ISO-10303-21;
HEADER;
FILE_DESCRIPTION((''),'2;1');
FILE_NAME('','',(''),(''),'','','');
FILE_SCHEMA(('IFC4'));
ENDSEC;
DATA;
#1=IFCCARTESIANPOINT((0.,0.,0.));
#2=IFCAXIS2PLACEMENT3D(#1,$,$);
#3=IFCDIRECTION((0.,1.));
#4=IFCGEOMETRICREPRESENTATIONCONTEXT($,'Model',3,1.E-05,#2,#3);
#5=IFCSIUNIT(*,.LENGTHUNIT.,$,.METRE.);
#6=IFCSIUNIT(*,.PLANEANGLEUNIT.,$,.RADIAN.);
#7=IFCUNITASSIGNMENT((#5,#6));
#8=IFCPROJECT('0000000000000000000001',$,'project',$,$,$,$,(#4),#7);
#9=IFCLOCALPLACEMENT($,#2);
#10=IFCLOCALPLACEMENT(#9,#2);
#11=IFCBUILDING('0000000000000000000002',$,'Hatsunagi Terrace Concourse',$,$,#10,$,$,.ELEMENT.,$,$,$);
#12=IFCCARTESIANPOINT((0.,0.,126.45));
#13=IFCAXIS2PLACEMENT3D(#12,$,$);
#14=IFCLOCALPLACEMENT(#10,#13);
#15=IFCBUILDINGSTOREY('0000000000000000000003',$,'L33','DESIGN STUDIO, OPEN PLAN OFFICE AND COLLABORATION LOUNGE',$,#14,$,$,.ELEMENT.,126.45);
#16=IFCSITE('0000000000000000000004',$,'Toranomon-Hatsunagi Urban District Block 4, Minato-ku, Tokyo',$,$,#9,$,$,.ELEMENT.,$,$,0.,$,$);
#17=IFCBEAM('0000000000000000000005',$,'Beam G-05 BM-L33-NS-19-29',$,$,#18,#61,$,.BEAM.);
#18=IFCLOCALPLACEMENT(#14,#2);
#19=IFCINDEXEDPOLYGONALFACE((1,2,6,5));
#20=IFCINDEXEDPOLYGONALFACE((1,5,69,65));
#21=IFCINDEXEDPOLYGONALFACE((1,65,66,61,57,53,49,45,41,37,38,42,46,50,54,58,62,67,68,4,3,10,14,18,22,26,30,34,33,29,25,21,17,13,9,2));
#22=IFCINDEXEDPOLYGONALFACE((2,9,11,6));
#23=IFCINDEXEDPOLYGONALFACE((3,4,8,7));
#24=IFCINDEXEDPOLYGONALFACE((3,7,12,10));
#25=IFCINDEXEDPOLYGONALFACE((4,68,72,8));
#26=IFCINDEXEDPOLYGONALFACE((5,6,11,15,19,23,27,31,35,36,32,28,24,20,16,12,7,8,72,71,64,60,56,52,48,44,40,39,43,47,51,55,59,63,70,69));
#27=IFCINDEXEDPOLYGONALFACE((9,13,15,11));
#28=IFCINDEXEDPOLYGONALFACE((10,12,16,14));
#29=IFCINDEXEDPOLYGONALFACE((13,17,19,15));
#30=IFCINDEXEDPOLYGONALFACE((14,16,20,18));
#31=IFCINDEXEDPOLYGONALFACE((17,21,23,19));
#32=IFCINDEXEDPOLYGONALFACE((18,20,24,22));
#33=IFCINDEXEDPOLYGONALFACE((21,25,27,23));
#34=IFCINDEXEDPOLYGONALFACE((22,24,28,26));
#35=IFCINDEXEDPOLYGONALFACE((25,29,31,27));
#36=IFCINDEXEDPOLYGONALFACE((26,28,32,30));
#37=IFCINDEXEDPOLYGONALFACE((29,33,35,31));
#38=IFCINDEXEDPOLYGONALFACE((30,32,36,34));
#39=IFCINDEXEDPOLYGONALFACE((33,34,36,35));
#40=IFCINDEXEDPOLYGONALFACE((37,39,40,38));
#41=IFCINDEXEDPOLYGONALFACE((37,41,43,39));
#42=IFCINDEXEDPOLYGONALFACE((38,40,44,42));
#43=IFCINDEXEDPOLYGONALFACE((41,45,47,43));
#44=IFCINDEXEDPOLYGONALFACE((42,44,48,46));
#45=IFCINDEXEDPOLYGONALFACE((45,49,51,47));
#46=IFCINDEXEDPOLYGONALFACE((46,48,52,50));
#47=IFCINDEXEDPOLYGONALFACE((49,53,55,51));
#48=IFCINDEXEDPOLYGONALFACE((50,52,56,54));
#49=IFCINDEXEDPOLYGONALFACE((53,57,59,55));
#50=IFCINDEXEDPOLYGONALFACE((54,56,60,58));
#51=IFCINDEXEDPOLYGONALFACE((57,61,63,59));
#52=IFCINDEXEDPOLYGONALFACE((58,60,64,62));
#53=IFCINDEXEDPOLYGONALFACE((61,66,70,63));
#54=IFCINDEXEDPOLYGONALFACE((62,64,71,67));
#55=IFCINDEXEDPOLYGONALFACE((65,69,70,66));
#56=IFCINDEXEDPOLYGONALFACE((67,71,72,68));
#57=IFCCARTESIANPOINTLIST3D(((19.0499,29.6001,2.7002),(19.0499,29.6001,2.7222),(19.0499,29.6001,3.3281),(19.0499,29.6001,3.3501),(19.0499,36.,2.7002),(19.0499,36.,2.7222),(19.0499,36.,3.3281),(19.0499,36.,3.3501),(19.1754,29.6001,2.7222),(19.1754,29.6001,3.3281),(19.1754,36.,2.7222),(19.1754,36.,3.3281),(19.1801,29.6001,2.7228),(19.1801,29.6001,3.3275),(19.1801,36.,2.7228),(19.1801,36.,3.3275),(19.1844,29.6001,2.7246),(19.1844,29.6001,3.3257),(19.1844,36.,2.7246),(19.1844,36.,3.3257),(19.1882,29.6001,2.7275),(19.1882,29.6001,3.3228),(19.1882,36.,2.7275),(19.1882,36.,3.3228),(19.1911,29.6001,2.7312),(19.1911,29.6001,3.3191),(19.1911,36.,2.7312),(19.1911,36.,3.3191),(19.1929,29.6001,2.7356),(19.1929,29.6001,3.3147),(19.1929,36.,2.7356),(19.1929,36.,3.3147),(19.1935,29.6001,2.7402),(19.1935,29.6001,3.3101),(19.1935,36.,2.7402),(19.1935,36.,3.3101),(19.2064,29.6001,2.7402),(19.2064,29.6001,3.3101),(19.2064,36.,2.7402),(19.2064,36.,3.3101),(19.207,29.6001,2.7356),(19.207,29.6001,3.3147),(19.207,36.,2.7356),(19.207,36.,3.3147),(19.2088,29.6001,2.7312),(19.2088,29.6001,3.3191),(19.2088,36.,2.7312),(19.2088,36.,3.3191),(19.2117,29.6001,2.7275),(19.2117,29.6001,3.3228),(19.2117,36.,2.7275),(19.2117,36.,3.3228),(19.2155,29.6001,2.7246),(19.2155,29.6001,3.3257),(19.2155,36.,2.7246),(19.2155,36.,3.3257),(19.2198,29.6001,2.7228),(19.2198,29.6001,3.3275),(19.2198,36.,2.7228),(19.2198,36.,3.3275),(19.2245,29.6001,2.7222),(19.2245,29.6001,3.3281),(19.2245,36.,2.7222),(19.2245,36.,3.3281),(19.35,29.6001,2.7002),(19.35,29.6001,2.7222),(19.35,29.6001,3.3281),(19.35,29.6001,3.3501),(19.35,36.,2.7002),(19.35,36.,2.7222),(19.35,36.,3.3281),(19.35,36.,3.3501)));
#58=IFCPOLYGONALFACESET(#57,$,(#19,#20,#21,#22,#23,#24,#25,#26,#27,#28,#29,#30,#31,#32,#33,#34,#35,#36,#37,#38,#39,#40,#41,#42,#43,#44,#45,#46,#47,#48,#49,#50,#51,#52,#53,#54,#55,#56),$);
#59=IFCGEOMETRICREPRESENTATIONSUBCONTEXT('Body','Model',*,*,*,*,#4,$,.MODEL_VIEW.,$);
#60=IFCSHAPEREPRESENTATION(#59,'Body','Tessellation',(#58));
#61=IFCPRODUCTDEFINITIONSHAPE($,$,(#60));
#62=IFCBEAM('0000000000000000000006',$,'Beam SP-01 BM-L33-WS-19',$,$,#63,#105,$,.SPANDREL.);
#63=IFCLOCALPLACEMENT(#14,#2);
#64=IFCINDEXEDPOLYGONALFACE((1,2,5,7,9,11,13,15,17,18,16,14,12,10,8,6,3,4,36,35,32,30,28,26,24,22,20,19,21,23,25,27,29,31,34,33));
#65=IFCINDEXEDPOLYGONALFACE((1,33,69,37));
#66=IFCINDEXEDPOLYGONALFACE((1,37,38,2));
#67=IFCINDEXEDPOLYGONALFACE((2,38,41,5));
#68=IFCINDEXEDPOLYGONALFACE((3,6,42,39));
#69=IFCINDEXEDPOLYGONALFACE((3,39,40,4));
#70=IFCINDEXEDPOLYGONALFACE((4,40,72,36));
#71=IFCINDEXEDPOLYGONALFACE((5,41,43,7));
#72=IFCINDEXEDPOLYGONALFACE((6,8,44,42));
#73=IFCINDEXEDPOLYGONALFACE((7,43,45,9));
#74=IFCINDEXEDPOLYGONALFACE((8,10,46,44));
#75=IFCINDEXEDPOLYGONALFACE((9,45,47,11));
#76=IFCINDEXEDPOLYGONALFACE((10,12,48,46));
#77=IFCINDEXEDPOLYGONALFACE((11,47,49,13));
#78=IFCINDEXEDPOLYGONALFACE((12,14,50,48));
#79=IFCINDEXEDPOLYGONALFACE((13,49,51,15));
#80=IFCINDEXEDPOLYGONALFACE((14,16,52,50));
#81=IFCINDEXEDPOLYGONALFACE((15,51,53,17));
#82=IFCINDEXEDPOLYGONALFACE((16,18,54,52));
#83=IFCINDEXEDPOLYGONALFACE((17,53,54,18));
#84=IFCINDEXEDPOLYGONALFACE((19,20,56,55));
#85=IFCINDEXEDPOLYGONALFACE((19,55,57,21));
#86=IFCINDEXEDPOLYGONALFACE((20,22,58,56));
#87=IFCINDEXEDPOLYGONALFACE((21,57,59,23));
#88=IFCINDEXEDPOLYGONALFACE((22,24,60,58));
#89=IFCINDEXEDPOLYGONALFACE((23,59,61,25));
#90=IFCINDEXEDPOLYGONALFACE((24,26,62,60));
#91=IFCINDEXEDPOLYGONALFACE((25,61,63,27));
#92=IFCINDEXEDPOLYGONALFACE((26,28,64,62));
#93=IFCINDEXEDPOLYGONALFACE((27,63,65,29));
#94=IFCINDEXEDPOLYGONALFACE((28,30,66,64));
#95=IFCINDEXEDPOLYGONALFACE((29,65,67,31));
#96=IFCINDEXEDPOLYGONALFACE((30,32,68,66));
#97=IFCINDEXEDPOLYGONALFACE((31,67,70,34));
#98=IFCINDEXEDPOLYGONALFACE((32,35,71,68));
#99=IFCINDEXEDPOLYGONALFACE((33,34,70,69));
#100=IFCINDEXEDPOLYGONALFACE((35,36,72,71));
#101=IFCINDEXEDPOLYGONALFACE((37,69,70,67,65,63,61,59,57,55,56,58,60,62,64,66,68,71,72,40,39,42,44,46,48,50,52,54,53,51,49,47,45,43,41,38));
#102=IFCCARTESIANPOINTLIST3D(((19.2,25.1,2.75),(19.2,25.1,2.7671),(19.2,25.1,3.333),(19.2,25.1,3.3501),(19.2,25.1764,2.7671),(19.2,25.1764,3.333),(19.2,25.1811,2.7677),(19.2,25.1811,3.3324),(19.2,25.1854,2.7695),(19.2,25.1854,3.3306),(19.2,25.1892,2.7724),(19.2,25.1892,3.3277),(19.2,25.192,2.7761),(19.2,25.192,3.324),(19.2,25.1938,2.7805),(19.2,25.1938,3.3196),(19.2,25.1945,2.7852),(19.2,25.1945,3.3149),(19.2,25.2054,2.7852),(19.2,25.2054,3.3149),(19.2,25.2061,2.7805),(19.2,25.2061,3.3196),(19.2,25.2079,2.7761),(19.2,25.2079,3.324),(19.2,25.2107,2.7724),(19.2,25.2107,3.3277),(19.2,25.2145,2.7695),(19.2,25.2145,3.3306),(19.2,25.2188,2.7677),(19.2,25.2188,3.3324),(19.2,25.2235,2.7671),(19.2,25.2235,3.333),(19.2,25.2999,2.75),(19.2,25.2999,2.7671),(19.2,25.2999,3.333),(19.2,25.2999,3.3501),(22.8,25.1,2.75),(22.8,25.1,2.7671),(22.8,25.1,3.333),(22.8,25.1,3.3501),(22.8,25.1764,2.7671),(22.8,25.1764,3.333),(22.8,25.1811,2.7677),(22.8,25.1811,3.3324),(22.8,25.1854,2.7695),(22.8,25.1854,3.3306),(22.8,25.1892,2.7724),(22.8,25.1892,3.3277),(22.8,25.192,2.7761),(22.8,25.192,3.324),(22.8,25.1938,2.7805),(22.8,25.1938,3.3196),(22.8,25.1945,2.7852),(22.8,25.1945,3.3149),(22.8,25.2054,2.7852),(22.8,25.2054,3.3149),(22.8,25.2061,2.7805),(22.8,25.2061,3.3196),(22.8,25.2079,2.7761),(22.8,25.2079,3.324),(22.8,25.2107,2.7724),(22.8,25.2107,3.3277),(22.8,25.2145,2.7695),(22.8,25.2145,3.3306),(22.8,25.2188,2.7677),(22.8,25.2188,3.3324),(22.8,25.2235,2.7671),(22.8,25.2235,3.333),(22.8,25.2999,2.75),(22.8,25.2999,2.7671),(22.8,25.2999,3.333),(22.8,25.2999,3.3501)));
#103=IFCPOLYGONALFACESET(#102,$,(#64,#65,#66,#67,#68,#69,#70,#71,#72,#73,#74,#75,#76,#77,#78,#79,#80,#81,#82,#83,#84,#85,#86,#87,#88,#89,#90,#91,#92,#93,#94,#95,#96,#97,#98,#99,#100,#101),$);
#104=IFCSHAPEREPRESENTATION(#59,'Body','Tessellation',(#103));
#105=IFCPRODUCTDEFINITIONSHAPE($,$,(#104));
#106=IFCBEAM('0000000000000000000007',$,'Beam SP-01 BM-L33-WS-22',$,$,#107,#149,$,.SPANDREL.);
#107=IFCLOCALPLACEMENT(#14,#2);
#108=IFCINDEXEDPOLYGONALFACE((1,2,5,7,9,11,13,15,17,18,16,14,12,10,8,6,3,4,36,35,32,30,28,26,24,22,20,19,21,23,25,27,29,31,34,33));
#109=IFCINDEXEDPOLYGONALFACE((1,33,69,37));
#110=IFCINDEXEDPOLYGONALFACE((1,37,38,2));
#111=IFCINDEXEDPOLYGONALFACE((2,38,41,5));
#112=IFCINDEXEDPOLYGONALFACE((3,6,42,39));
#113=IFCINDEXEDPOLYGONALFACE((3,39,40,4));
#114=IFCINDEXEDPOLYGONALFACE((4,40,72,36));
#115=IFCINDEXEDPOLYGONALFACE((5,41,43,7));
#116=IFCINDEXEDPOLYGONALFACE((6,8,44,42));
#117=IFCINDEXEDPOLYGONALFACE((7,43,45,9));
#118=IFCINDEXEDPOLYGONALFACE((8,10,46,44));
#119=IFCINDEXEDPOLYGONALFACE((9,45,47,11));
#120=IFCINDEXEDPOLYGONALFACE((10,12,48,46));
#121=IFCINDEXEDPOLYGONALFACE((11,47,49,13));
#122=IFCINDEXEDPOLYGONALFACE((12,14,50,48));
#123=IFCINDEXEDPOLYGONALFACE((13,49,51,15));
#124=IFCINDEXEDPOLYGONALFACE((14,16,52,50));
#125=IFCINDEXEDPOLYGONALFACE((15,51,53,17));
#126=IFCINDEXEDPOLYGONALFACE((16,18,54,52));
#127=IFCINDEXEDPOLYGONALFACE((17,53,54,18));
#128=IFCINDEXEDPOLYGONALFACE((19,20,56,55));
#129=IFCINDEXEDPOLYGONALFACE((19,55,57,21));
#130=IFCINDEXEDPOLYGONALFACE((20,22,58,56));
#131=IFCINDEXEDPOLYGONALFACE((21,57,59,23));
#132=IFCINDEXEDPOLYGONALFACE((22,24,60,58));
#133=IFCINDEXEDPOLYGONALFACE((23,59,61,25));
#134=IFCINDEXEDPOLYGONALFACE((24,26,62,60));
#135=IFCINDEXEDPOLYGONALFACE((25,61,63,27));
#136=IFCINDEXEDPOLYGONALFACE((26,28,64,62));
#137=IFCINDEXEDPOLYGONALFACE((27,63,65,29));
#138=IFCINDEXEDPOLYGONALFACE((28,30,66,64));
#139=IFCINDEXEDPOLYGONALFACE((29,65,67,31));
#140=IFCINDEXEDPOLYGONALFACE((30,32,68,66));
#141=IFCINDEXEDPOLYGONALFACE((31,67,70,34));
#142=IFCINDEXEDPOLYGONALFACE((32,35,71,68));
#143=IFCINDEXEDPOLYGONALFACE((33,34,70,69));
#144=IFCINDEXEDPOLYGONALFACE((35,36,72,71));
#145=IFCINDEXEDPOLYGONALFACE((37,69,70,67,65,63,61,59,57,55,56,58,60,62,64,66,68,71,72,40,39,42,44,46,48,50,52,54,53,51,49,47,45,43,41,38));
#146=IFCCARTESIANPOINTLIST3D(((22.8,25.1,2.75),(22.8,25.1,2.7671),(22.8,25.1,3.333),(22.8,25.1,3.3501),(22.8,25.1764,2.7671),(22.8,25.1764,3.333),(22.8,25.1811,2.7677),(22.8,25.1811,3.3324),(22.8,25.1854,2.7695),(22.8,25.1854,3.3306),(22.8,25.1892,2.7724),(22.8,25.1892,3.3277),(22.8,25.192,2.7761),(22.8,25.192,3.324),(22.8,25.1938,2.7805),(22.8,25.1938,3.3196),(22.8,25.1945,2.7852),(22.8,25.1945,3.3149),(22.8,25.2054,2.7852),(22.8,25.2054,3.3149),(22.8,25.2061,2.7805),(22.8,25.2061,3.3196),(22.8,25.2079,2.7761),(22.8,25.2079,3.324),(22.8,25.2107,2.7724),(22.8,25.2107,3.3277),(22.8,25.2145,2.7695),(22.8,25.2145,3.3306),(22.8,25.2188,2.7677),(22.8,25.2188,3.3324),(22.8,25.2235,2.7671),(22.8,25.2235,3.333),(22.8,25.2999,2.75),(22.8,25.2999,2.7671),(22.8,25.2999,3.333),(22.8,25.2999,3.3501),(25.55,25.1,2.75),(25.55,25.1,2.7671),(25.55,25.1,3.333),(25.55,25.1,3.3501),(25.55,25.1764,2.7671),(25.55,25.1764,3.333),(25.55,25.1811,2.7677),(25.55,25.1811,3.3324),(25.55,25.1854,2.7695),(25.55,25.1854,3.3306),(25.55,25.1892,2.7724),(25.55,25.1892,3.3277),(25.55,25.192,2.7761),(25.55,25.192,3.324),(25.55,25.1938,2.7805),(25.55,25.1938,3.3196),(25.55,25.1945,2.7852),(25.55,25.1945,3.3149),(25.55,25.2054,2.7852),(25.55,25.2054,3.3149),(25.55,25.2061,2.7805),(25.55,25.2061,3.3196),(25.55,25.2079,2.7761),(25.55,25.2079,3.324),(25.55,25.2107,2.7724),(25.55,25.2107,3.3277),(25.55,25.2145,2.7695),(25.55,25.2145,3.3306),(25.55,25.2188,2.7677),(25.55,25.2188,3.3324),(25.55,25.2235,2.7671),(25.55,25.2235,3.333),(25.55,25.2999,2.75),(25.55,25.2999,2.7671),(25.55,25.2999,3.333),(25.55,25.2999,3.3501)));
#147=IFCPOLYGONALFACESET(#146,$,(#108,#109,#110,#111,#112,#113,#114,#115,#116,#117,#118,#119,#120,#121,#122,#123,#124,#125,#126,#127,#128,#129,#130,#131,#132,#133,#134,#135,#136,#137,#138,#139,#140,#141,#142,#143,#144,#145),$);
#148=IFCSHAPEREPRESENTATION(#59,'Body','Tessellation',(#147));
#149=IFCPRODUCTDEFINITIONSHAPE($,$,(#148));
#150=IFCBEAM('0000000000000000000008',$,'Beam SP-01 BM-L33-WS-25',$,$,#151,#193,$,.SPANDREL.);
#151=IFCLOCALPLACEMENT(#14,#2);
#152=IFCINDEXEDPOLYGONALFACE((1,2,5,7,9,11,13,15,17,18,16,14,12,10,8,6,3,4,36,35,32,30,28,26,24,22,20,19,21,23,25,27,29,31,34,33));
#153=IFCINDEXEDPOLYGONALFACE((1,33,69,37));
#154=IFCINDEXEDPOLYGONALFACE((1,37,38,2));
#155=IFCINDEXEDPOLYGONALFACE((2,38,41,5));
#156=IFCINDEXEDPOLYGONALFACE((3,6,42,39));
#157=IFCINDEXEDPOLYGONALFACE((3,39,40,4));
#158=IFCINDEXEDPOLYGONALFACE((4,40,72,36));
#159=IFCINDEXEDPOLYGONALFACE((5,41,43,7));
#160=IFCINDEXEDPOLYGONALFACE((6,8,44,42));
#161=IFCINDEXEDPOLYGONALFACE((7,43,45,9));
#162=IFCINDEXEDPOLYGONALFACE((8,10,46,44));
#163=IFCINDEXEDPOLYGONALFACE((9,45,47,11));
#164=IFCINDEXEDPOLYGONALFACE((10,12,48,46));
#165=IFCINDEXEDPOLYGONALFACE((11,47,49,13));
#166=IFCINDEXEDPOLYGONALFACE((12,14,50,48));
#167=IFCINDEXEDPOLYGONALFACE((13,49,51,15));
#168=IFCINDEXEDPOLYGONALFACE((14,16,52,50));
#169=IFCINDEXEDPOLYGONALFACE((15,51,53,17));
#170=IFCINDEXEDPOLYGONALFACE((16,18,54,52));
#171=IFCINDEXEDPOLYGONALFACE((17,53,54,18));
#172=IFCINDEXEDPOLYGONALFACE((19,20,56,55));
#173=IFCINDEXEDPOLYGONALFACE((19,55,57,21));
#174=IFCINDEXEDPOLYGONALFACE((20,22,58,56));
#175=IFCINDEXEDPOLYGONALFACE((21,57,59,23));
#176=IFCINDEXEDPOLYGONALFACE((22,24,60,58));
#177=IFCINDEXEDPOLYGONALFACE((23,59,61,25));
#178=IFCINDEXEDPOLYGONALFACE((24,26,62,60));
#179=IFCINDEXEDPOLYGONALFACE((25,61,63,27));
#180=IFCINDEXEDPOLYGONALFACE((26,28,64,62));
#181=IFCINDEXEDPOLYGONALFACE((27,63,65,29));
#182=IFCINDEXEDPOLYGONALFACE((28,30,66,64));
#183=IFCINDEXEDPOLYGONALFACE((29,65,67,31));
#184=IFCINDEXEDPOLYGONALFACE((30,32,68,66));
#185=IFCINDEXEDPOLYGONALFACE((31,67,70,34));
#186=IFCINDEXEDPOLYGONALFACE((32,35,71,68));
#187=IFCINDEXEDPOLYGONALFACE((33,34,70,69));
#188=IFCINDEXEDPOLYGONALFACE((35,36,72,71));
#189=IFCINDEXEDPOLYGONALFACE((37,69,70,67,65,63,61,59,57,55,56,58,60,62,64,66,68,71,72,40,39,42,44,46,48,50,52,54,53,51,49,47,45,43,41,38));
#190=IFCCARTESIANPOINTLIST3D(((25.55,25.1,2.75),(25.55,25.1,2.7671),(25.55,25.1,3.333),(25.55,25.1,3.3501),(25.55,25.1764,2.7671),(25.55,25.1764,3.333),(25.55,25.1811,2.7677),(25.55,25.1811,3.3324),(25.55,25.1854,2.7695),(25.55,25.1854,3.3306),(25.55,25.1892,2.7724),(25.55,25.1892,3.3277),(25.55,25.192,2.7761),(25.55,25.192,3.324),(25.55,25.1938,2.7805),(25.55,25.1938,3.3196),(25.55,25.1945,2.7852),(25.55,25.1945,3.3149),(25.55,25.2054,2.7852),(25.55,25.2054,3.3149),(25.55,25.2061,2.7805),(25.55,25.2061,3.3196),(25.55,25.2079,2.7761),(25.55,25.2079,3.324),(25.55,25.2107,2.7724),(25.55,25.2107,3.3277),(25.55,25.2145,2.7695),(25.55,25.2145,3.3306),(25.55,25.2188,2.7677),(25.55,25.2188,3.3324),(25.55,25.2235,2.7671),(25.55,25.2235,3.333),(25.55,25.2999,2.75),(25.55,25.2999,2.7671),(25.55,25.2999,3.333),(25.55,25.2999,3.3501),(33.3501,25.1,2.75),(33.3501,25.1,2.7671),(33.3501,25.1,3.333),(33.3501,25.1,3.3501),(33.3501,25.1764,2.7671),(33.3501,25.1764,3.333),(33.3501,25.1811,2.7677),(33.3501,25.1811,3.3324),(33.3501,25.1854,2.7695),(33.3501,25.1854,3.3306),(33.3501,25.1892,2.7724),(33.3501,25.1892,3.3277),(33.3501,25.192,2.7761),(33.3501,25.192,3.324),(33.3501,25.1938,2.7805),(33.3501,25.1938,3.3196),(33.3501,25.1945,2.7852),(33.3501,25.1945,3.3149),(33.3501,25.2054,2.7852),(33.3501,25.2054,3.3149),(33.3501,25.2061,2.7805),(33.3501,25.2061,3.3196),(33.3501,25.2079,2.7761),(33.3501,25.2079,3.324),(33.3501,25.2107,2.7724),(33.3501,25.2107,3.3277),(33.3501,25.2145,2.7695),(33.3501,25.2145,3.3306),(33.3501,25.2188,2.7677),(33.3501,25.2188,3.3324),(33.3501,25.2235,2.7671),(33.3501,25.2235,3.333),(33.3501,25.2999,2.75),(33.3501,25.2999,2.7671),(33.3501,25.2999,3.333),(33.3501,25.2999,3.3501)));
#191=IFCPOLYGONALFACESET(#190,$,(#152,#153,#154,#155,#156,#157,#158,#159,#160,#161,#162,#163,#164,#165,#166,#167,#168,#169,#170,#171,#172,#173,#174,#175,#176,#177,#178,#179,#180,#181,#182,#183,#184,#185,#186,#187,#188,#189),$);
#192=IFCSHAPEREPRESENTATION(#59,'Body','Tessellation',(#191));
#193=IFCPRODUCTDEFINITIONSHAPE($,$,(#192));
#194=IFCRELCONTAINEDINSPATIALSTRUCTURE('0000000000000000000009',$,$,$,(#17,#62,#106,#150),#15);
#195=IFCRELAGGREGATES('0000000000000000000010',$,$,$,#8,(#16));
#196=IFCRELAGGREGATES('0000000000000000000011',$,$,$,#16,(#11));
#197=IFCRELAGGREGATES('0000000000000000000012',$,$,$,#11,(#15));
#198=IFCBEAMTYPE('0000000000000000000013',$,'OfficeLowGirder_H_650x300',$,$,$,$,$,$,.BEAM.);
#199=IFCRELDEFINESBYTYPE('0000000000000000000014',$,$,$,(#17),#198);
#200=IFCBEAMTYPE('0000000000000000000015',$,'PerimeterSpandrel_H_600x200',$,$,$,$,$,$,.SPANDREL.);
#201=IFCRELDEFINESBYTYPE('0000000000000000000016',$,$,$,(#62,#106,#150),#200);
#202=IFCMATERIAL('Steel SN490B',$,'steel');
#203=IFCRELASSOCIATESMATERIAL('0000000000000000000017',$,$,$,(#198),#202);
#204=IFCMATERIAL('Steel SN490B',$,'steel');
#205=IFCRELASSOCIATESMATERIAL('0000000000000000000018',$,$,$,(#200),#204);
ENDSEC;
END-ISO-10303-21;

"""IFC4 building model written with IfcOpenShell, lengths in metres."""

from ifc_helpers import new_model, si_unit, direction, frame, origin, origin_2d, place, context, subcontext, project, spatial, i_section, extrude, material, material_profile, profile_set, type_object, element, save


model = new_model("IFC4")

# Units and contexts
model_context = context("Model", 3, precision=1e-05, world=origin(), true_north=direction((0.0, 1.0)))
body_context = subcontext(model_context, "Body", "Model", "MODEL_VIEW")
ifc_project = project(units=[si_unit("LENGTHUNIT", "METRE"), si_unit("PLANEANGLEUNIT", "RADIAN")], contexts=[model_context])

# Site, building, storey
site_placement = place(None, origin())
site = spatial("IfcSite", under=ifc_project, at=site_placement, Name="Toranomon-Hatsunagi Urban District Block 4, Minato-ku, Tokyo", CompositionType="ELEMENT", RefElevation=0.0)
building_placement = place(site_placement, origin())
building = spatial("IfcBuilding", under=site, at=building_placement, Name="Hatsunagi Terrace Concourse", CompositionType="ELEMENT")
storey_placement = place(building_placement, frame((0.0, 0.0, 126.45)))
storey = spatial("IfcBuildingStorey", under=building, at=storey_placement, Name="L33", Description="DESIGN STUDIO, OPEN PLAN OFFICE AND COLLABORATION LOUNGE", CompositionType="ELEMENT", Elevation=126.45)

# Beams
ifc_material_1 = material(Name="Steel SN490B", Category="steel")
ifc_material_profile_1 = material_profile(ifc_material_1, i_section(OverallWidth=0.3, OverallDepth=0.6499, WebThickness=0.0129, FlangeThickness=0.022, FilletRadius=0.0181, at=origin_2d()), Name="H-650x300x13x22")
ifc_profile_set_1 = profile_set([ifc_material_profile_1], Name="Steel SN490B")
beam_type_1 = type_object("IfcBeamType", Name="OfficeLowGirder_H_650x300", PredefinedType="BEAM", material=ifc_profile_set_1)
beam_1_placement = place(storey_placement, frame((19.2, 29.6001, 3.0251), z_axis=(0.0, 1.0, 0.0), x_axis=(-1.0, 0.0, 0.0)))
element("IfcBeam", 1, at=beam_1_placement, inside=storey, type_object=beam_type_1, Name="Beam G-05 BM-L33-NS-19-29", PredefinedType="BEAM", context=body_context, shape_type="SweptSolid", body=[
    extrude(i_section(OverallWidth=0.3, OverallDepth=0.6499, WebThickness=0.0129, FlangeThickness=0.022, FilletRadius=0.0181, at=origin_2d()), origin(), (0.0, 0.0, 1.0), 6.3999),
])
ifc_material_2 = material(Name="Steel SN490B", Category="steel")
ifc_material_profile_2 = material_profile(ifc_material_2, i_section(OverallWidth=0.2, OverallDepth=0.6001, WebThickness=0.011, FlangeThickness=0.0171, FilletRadius=0.0181, at=origin_2d()), Name="H-600x200x11x17")
ifc_profile_set_2 = profile_set([ifc_material_profile_2], Name="Steel SN490B")
beam_type_2 = type_object("IfcBeamType", Name="PerimeterSpandrel_H_600x200", PredefinedType="SPANDREL", material=ifc_profile_set_2)
beam_2_placement = place(storey_placement, frame((19.2, 25.2, 3.05), z_axis=(1.0, 0.0, 0.0), x_axis=(0.0, 1.0, 0.0)))
element("IfcBeam", 2, at=beam_2_placement, inside=storey, type_object=beam_type_2, Name="Beam SP-01 BM-L33-WS-19", PredefinedType="SPANDREL", context=body_context, shape_type="SweptSolid", body=[
    extrude(i_section(OverallWidth=0.2, OverallDepth=0.6001, WebThickness=0.011, FlangeThickness=0.0171, FilletRadius=0.0181, at=origin_2d()), origin(), (0.0, 0.0, 1.0), 3.6001),
])
beam_3_placement = place(storey_placement, frame((22.8, 25.2, 3.05), z_axis=(1.0, 0.0, 0.0), x_axis=(0.0, 1.0, 0.0)))
element("IfcBeam", 3, at=beam_3_placement, inside=storey, type_object=beam_type_2, Name="Beam SP-01 BM-L33-WS-22", PredefinedType="SPANDREL", context=body_context, shape_type="SweptSolid", body=[
    extrude(i_section(OverallWidth=0.2, OverallDepth=0.6001, WebThickness=0.011, FlangeThickness=0.0171, FilletRadius=0.0181, at=origin_2d()), origin(), (0.0, 0.0, 1.0), 2.75),
])
beam_4_placement = place(storey_placement, frame((25.55, 25.2, 3.05), z_axis=(1.0, 0.0, 0.0), x_axis=(0.0, 1.0, 0.0)))
element("IfcBeam", 4, at=beam_4_placement, inside=storey, type_object=beam_type_2, Name="Beam SP-01 BM-L33-WS-25", PredefinedType="SPANDREL", context=body_context, shape_type="SweptSolid", body=[
    extrude(i_section(OverallWidth=0.2, OverallDepth=0.6001, WebThickness=0.011, FlangeThickness=0.0171, FilletRadius=0.0181, at=origin_2d()), origin(), (0.0, 0.0, 1.0), 7.8),
])

save(model, "model.ifc")
